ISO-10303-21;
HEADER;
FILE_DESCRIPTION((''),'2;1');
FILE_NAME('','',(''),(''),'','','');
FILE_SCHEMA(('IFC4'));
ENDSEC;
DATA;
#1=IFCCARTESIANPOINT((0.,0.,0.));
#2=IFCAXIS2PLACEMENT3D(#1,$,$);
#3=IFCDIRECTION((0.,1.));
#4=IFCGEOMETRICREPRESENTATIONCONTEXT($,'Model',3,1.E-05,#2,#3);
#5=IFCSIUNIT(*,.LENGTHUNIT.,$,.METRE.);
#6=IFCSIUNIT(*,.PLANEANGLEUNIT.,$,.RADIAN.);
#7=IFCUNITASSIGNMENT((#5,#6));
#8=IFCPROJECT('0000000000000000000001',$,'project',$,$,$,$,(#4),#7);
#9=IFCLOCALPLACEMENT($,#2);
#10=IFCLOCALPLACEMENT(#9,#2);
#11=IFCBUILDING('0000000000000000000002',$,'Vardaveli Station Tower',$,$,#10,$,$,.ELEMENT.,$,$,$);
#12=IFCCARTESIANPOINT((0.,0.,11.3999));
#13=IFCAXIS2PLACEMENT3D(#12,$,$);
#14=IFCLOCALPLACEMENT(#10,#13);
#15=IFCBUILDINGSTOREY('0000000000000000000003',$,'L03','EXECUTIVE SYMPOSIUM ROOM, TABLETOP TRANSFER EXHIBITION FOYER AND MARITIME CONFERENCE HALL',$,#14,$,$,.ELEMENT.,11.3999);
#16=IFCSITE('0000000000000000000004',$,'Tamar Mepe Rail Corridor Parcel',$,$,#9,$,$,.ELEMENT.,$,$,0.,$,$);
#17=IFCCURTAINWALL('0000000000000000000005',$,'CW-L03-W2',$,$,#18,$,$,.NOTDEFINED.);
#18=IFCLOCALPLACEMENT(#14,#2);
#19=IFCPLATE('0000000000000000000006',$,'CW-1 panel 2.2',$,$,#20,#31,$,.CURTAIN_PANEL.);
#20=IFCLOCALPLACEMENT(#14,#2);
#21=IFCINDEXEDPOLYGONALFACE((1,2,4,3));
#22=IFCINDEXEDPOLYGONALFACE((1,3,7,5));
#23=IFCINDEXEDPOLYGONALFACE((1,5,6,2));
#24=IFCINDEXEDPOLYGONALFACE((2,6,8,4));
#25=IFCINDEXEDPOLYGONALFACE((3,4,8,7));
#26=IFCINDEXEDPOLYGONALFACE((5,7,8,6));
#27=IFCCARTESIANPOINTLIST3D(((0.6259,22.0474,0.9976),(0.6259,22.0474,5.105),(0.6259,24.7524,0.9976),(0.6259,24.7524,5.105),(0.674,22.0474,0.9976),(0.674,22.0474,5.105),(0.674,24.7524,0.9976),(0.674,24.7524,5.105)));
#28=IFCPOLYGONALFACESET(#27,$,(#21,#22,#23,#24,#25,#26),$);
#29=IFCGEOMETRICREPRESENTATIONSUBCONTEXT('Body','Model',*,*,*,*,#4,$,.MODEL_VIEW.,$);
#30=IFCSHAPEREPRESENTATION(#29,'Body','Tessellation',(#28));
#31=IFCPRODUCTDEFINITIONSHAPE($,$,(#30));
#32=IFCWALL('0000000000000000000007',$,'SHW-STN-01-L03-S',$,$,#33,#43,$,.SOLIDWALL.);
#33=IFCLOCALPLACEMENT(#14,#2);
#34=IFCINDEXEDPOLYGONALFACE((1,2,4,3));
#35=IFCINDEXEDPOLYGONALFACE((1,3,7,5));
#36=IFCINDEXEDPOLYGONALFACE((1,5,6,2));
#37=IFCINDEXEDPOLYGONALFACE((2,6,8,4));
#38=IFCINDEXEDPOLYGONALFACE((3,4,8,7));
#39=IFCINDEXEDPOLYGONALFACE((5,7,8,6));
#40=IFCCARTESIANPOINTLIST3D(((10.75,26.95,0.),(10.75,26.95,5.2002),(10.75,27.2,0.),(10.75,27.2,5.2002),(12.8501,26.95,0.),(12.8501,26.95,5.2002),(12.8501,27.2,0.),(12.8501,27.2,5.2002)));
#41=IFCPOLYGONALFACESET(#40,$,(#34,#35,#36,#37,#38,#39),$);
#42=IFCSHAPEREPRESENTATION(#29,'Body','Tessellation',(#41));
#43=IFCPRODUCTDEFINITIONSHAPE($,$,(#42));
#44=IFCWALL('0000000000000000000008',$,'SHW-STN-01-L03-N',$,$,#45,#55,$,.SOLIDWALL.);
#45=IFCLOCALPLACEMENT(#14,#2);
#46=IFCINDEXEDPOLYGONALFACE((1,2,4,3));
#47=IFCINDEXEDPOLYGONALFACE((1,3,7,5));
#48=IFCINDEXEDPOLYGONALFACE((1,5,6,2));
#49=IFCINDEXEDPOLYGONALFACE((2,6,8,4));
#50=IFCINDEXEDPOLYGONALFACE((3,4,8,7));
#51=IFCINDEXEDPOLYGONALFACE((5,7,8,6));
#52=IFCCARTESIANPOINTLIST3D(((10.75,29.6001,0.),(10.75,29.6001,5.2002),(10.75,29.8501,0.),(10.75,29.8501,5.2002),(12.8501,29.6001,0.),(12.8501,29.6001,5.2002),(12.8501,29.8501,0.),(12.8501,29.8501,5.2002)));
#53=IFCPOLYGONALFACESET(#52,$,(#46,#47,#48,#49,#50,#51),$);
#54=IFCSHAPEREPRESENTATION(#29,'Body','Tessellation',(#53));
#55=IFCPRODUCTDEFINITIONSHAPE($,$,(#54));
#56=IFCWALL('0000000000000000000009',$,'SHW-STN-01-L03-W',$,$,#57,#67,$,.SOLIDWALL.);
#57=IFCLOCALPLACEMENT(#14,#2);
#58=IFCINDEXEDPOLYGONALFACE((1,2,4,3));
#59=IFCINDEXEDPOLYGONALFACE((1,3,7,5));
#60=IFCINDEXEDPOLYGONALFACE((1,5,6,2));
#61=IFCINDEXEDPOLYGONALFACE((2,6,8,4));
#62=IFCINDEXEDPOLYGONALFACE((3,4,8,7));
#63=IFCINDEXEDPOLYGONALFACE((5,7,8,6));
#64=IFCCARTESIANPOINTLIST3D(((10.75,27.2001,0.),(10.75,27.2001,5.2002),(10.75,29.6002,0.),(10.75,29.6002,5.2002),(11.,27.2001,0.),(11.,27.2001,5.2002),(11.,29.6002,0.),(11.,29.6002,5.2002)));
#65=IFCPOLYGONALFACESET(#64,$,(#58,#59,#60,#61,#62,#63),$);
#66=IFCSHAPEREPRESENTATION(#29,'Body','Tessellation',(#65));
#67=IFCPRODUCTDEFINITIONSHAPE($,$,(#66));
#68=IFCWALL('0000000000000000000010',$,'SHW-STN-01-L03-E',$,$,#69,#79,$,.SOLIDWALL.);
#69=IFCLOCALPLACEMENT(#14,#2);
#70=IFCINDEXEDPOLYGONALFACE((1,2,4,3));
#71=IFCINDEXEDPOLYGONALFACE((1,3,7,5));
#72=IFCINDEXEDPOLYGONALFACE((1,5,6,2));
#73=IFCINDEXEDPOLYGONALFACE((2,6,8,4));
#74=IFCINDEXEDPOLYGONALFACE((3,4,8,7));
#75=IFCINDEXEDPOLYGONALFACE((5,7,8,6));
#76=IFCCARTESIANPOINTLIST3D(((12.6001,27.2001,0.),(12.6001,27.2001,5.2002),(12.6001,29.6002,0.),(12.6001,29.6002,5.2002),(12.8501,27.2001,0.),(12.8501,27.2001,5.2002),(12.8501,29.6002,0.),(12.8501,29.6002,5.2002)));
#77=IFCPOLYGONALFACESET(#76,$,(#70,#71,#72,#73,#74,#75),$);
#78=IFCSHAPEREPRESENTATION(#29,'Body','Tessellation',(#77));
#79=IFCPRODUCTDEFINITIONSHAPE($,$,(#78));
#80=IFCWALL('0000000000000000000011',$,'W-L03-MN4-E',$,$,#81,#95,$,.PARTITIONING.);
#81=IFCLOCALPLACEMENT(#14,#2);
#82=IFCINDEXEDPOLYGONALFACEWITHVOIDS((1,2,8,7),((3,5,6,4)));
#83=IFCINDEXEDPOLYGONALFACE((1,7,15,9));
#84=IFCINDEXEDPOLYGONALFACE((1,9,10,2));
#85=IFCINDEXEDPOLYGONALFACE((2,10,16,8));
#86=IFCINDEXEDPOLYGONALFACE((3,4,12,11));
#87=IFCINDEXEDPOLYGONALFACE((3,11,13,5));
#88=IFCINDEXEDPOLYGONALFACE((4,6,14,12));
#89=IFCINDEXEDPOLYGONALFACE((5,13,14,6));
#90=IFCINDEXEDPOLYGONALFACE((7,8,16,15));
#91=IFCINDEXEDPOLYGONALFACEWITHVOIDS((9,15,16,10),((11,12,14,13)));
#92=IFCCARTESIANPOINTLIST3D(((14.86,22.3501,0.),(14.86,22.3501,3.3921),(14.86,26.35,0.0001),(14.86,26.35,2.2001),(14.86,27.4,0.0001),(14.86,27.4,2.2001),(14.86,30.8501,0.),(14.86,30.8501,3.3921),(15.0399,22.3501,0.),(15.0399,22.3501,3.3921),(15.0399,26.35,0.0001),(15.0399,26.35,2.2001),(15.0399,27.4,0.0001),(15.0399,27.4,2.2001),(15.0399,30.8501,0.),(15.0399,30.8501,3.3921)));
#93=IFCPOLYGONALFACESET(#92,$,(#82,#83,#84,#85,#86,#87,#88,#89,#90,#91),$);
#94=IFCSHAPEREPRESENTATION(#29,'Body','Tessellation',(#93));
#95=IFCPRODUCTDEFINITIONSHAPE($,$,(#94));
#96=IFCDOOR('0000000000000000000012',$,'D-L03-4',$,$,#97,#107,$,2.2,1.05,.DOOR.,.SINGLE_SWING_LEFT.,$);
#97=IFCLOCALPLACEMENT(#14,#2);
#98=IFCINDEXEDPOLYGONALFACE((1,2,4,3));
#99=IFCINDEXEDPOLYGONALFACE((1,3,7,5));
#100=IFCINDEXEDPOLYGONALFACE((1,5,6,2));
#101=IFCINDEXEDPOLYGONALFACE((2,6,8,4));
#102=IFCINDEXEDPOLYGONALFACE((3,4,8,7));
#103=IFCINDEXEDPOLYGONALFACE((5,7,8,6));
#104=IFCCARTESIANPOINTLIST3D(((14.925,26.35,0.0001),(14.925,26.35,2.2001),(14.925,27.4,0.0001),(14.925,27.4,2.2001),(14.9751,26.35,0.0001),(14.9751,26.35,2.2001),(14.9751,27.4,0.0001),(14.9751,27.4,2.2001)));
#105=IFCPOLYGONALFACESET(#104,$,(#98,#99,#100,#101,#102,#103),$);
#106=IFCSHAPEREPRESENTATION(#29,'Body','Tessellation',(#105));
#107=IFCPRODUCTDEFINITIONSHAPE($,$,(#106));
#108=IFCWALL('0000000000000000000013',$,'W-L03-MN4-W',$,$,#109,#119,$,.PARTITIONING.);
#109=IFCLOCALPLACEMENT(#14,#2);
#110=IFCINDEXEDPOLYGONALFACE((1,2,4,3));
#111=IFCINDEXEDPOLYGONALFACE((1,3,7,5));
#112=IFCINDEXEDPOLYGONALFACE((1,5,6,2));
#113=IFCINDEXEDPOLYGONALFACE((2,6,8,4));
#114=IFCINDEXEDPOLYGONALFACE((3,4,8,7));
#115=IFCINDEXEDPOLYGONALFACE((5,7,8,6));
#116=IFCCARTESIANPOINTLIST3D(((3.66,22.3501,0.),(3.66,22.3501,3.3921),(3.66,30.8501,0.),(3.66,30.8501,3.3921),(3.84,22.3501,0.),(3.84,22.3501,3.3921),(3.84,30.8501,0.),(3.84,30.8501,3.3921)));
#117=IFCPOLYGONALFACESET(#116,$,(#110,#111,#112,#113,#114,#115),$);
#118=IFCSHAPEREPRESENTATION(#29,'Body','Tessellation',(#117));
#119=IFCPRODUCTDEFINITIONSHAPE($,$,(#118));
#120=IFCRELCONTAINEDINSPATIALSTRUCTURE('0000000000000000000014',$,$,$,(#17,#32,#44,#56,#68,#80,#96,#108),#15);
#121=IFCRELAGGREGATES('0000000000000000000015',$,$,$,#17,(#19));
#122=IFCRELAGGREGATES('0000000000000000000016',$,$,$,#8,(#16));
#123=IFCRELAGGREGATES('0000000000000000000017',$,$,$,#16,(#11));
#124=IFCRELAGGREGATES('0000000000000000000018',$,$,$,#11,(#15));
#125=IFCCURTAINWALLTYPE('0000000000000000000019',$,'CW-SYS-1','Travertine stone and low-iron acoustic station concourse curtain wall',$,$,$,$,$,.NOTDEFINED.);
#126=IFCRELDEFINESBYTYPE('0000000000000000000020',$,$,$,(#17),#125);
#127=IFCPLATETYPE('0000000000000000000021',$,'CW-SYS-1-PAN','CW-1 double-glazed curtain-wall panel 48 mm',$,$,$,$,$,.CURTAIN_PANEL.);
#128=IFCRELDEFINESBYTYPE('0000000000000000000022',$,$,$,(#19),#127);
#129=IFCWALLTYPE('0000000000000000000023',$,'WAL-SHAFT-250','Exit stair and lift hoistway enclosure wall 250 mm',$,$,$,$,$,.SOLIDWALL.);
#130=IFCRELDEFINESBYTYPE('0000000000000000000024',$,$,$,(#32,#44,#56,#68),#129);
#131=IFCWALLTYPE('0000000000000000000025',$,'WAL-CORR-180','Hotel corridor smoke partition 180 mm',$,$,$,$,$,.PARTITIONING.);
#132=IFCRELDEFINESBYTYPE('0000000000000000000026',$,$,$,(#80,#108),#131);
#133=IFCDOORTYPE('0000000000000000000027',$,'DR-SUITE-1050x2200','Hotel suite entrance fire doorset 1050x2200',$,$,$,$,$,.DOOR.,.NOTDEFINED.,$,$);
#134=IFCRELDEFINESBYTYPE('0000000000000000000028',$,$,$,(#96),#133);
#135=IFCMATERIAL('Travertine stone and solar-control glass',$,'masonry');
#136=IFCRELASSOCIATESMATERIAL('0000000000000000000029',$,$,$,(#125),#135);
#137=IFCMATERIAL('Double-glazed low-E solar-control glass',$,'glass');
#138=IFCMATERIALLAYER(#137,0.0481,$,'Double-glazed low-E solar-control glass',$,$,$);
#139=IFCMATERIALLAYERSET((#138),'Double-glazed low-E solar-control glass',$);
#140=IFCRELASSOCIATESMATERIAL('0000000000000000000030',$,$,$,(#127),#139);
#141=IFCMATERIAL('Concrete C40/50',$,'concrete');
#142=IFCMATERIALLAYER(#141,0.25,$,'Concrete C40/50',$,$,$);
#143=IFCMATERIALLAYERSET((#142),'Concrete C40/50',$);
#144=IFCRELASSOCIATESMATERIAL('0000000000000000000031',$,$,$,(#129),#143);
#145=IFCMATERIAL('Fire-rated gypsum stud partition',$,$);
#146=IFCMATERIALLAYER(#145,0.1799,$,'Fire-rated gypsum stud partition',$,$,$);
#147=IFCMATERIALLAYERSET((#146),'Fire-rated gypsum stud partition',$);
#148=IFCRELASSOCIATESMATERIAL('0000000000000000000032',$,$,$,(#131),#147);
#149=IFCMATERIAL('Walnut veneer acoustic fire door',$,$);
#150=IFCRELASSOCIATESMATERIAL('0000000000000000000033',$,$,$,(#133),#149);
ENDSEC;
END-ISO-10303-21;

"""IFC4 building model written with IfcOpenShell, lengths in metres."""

from ifc_helpers import new_model, si_unit, direction, frame, frame_2d, origin, origin_2d, place, context, subcontext, project, spatial, rectangle, extrude, source, transform, mapped, material, layer, layer_set, type_object, element, fill, aggregate, save


model = new_model("IFC4")

# Units and contexts
model_context = context("Model", 3, precision=1e-05, world=origin(), true_north=direction((0.0, 1.0)))
body_context = subcontext(model_context, "Body", "Model", "MODEL_VIEW")
ifc_project = project(units=[si_unit("LENGTHUNIT", "METRE"), si_unit("PLANEANGLEUNIT", "RADIAN")], contexts=[model_context])

# Site, building, storey
site_placement = place(None, origin())
site = spatial("IfcSite", under=ifc_project, at=site_placement, Name="Tamar Mepe Rail Corridor Parcel", CompositionType="ELEMENT", RefElevation=0.0)
building_placement = place(site_placement, origin())
building = spatial("IfcBuilding", under=site, at=building_placement, Name="Vardaveli Station Tower", CompositionType="ELEMENT")
storey_placement = place(building_placement, frame((0.0, 0.0, 11.3999)))
storey = spatial("IfcBuildingStorey", under=building, at=storey_placement, Name="L03", Description="EXECUTIVE SYMPOSIUM ROOM, TABLETOP TRANSFER EXHIBITION FOYER AND MARITIME CONFERENCE HALL", CompositionType="ELEMENT", Elevation=11.3999)

# Curtain wall
ifc_material_1 = material(Name="Travertine stone and solar-control glass", Category="masonry")
curtain_wall_type = type_object("IfcCurtainWallType", Name="CW-SYS-1", Description="Travertine stone and low-iron acoustic station concourse curtain wall", PredefinedType="NOTDEFINED", material=ifc_material_1)
curtain_wall_placement = place(storey_placement, origin())
curtain_wall = element("IfcCurtainWall", 1, at=curtain_wall_placement, inside=storey, type_object=curtain_wall_type, Name="CW-L03-W2", PredefinedType="NOTDEFINED")

# Plate
ifc_material_2 = material(Name="Double-glazed low-E solar-control glass", Category="glass")
ifc_layer_1 = layer(ifc_material_2, 0.0481, Name="Double-glazed low-E solar-control glass")
ifc_layer_set_1 = layer_set([ifc_layer_1], Name="Double-glazed low-E solar-control glass")
plate_type_1 = type_object("IfcPlateType", Name="CW-SYS-1-PAN", Description="CW-1 double-glazed curtain-wall panel 48 mm", PredefinedType="CURTAIN_PANEL", material=ifc_layer_set_1)
shared_shape_1 = source(origin(), body_context, "Body", "SweptSolid", [
    extrude(rectangle(XDim=2.7051, YDim=0.0481, at=origin_2d()), origin(), (0.0, 0.0, 1.0), 4.1074),
])
plate_1_placement = place(storey_placement, frame((0.6499, 23.3999, 0.9976), z_axis=(0.0, 0.0, 1.0), x_axis=(0.0, -1.0, 0.0)))
plate_1 = element("IfcPlate", 2, at=plate_1_placement, type_object=plate_type_1, Name="CW-1 panel 2.2", PredefinedType="CURTAIN_PANEL", context=body_context, shape_type="MappedRepresentation", body=[
    mapped(shared_shape_1, transform((0.0, 0.0, 0.0), scale=1.0)),
])
aggregate(curtain_wall, [plate_1])

# Walls
ifc_material_3 = material(Name="Concrete C40/50", Category="concrete")
ifc_layer_2 = layer(ifc_material_3, 0.25, Name="Concrete C40/50")
ifc_layer_set_2 = layer_set([ifc_layer_2], Name="Concrete C40/50")
wall_type_1 = type_object("IfcWallType", Name="WAL-SHAFT-250", Description="Exit stair and lift hoistway enclosure wall 250 mm", PredefinedType="SOLIDWALL", material=ifc_layer_set_2)
shared_shape_2 = source(origin(), body_context, "Body", "SweptSolid", [
    extrude(rectangle(XDim=2.1001, YDim=0.25, at=frame_2d((1.05, 0.0))), origin(), (0.0, 0.0, 1.0), 5.2002),
])
for number, where, z_axis, x_axis, name in (
    (3, (10.75, 27.075, 0.0), (0.0, 0.0, 1.0), (1.0, 0.0, 0.0), "SHW-STN-01-L03-S"),
    (4, (10.75, 29.7251, 0.0), (0.0, 0.0, 1.0), (1.0, 0.0, 0.0), "SHW-STN-01-L03-N"),
):
    element("IfcWall", number, at=place(storey_placement, frame(where, z_axis=z_axis, x_axis=x_axis)), inside=storey, type_object=wall_type_1, Name=name, PredefinedType="SOLIDWALL", context=body_context, shape_type="MappedRepresentation", body=[
        mapped(shared_shape_2, transform((0.0, 0.0, 0.0), scale=1.0)),
    ])
shared_shape_3 = source(origin(), body_context, "Body", "SweptSolid", [
    extrude(rectangle(XDim=2.4001, YDim=0.25, at=frame_2d((1.2002, 0.0))), origin(), (0.0, 0.0, 1.0), 5.2002),
])
for number, where, z_axis, x_axis, name in (
    (5, (10.875, 27.2, 0.0), (0.0, 0.0, 1.0), (0.0, 1.0, 0.0), "SHW-STN-01-L03-W"),
    (6, (12.7251, 27.2, 0.0), (0.0, 0.0, 1.0), (0.0, 1.0, 0.0), "SHW-STN-01-L03-E"),
):
    element("IfcWall", number, at=place(storey_placement, frame(where, z_axis=z_axis, x_axis=x_axis)), inside=storey, type_object=wall_type_1, Name=name, PredefinedType="SOLIDWALL", context=body_context, shape_type="MappedRepresentation", body=[
        mapped(shared_shape_3, transform((0.0, 0.0, 0.0), scale=1.0)),
    ])

# Wall, opening, door
ifc_material_4 = material(Name="Fire-rated gypsum stud partition")
ifc_layer_3 = layer(ifc_material_4, 0.1799, Name="Fire-rated gypsum stud partition")
ifc_layer_set_3 = layer_set([ifc_layer_3], Name="Fire-rated gypsum stud partition")
wall_type_2 = type_object("IfcWallType", Name="WAL-CORR-180", Description="Hotel corridor smoke partition 180 mm", PredefinedType="PARTITIONING", material=ifc_layer_set_3)
shared_shape_4 = source(origin(), body_context, "Body", "SweptSolid", [
    extrude(rectangle(XDim=8.5, YDim=0.1799, at=frame_2d((4.25, 0.0))), origin(), (0.0, 0.0, 1.0), 3.3921),
])
wall_1_placement = place(storey_placement, frame((14.95, 22.3501, 0.0), z_axis=(0.0, 0.0, 1.0), x_axis=(0.0, 1.0, 0.0)))
wall_1 = element("IfcWall", 7, at=wall_1_placement, inside=storey, type_object=wall_type_2, Name="W-L03-MN4-E", PredefinedType="PARTITIONING", context=body_context, shape_type="MappedRepresentation", body=[
    mapped(shared_shape_4, transform((0.0, 0.0, 0.0), scale=1.0)),
])
shared_shape_5 = source(origin(), body_context, "Body", "SweptSolid", [
    extrude(rectangle(XDim=1.05, YDim=2.2, at=frame_2d((0.5249, 1.1001))), frame((0.0, 0.1001, 0.0), z_axis=(0.0, -1.0, 0.0), x_axis=(1.0, 0.0, 0.0)), (0.0, 0.0, 1.0), 0.2),
])
opening_placement = place(wall_1_placement, frame((4.0, 0.0, 0.0)))
opening = element("IfcOpeningElement", 8, at=opening_placement, cuts=wall_1, PredefinedType="OPENING", context=body_context, shape_type="MappedRepresentation", body=[
    mapped(shared_shape_5, transform((0.0, 0.0, 0.0), scale=1.0)),
])
ifc_material_5 = material(Name="Walnut veneer acoustic fire door")
door_type = type_object("IfcDoorType", Name="DR-SUITE-1050x2200", Description="Hotel suite entrance fire doorset 1050x2200", OperationType="NOTDEFINED", PredefinedType="DOOR", material=ifc_material_5)
shared_shape_6 = source(origin(), body_context, "Body", "SweptSolid", [
    extrude(rectangle(XDim=1.05, YDim=2.2, at=frame_2d((0.5249, 1.1001))), frame((0.0, 0.0249, 0.0), z_axis=(0.0, -1.0, 0.0), x_axis=(1.0, 0.0, 0.0)), (0.0, 0.0, 1.0), 0.05),
])
door_placement = place(opening_placement, origin())
door = element("IfcDoor", 9, at=door_placement, inside=storey, type_object=door_type, Name="D-L03-4", OperationType="SINGLE_SWING_LEFT", OverallHeight=2.2, OverallWidth=1.05, PredefinedType="DOOR", context=body_context, shape_type="MappedRepresentation", body=[
    mapped(shared_shape_6, transform((0.0, 0.0, 0.0), scale=1.0)),
])
fill(opening, door)

# Wall
wall_2_placement = place(storey_placement, frame((3.75, 22.3501, 0.0), z_axis=(0.0, 0.0, 1.0), x_axis=(0.0, 1.0, 0.0)))
element("IfcWall", 10, at=wall_2_placement, inside=storey, type_object=wall_type_2, Name="W-L03-MN4-W", PredefinedType="PARTITIONING", context=body_context, shape_type="MappedRepresentation", body=[
    mapped(shared_shape_4, transform((0.0, 0.0, 0.0), scale=1.0)),
])

save(model, "model.ifc")
